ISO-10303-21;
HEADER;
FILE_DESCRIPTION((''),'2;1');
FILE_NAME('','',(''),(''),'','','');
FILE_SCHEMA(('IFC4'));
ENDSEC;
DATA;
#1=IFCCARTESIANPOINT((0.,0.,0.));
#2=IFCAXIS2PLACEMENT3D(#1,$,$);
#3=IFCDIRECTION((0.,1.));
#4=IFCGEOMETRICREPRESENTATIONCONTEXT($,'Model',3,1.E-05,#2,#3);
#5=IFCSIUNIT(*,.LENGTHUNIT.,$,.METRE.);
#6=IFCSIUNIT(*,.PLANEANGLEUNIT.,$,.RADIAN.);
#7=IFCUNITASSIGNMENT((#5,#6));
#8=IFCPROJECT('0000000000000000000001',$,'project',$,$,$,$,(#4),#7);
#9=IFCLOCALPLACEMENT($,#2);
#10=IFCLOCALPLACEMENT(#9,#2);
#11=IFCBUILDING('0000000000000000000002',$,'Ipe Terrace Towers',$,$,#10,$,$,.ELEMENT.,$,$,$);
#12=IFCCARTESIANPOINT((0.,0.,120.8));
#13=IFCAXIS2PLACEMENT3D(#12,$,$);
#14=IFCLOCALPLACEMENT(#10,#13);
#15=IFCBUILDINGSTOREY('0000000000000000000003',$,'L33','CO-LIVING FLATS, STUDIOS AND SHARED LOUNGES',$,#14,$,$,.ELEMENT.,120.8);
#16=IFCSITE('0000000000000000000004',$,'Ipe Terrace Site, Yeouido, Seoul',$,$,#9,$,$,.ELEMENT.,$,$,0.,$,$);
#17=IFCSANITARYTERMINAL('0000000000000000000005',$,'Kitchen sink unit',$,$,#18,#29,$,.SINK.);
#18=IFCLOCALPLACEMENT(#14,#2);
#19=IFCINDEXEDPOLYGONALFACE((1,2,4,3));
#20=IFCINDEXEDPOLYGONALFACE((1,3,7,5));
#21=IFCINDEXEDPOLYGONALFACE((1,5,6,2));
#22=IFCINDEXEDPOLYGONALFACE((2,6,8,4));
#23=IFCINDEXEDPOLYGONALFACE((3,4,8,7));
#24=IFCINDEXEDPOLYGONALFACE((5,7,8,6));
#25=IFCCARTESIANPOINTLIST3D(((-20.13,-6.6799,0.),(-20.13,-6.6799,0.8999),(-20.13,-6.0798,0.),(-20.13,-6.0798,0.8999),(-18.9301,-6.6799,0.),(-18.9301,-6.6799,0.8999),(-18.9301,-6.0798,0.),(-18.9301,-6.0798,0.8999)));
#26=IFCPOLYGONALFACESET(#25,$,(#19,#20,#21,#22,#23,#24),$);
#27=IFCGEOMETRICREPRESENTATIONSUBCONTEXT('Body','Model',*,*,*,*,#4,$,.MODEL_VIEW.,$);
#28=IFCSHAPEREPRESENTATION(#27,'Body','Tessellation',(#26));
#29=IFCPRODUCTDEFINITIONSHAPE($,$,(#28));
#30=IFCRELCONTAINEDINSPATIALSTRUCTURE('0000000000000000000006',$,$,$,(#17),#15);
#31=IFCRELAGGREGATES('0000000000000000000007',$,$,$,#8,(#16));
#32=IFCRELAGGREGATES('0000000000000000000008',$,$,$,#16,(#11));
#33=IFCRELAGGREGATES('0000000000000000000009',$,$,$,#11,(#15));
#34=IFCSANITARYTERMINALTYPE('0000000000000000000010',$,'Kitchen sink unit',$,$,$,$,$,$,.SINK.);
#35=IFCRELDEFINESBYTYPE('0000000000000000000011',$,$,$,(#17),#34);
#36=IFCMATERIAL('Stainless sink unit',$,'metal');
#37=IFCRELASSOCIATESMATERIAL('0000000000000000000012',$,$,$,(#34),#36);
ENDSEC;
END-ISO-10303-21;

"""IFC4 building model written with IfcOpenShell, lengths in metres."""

from ifc_helpers import new_model, si_unit, direction, frame, origin, origin_2d, place, context, subcontext, project, spatial, rectangle, extrude, material, type_object, element, save


model = new_model("IFC4")

# Units and contexts
model_context = context("Model", 3, precision=1e-05, world=origin(), true_north=direction((0.0, 1.0)))
body_context = subcontext(model_context, "Body", "Model", "MODEL_VIEW")
ifc_project = project(units=[si_unit("LENGTHUNIT", "METRE"), si_unit("PLANEANGLEUNIT", "RADIAN")], contexts=[model_context])

# Site, building, storey
site_placement = place(None, origin())
site = spatial("IfcSite", under=ifc_project, at=site_placement, Name="Ipe Terrace Site, Yeouido, Seoul", CompositionType="ELEMENT", RefElevation=0.0)
building_placement = place(site_placement, origin())
building = spatial("IfcBuilding", under=site, at=building_placement, Name="Ipe Terrace Towers", CompositionType="ELEMENT")
storey_placement = place(building_placement, frame((0.0, 0.0, 120.8)))
storey = spatial("IfcBuildingStorey", under=building, at=storey_placement, Name="L33", Description="CO-LIVING FLATS, STUDIOS AND SHARED LOUNGES", CompositionType="ELEMENT", Elevation=120.8)

# Sanitary terminal
ifc_material_1 = material(Name="Stainless sink unit", Category="metal")
sanitary_terminal_type = type_object("IfcSanitaryTerminalType", Name="Kitchen sink unit", PredefinedType="SINK", material=ifc_material_1)
sanitary_terminal_placement = place(storey_placement, frame((-19.53, -6.3799, 0.0), z_axis=(0.0, 0.0, 1.0), x_axis=(-1.0, 0.0, 0.0)))
element("IfcSanitaryTerminal", 1, at=sanitary_terminal_placement, inside=storey, type_object=sanitary_terminal_type, Name="Kitchen sink unit", PredefinedType="SINK", context=body_context, shape_type="SweptSolid", body=[
    extrude(rectangle(XDim=1.2, YDim=0.6001, at=origin_2d()), origin(), (0.0, 0.0, 1.0), 0.8999),
])

save(model, "model.ifc")
